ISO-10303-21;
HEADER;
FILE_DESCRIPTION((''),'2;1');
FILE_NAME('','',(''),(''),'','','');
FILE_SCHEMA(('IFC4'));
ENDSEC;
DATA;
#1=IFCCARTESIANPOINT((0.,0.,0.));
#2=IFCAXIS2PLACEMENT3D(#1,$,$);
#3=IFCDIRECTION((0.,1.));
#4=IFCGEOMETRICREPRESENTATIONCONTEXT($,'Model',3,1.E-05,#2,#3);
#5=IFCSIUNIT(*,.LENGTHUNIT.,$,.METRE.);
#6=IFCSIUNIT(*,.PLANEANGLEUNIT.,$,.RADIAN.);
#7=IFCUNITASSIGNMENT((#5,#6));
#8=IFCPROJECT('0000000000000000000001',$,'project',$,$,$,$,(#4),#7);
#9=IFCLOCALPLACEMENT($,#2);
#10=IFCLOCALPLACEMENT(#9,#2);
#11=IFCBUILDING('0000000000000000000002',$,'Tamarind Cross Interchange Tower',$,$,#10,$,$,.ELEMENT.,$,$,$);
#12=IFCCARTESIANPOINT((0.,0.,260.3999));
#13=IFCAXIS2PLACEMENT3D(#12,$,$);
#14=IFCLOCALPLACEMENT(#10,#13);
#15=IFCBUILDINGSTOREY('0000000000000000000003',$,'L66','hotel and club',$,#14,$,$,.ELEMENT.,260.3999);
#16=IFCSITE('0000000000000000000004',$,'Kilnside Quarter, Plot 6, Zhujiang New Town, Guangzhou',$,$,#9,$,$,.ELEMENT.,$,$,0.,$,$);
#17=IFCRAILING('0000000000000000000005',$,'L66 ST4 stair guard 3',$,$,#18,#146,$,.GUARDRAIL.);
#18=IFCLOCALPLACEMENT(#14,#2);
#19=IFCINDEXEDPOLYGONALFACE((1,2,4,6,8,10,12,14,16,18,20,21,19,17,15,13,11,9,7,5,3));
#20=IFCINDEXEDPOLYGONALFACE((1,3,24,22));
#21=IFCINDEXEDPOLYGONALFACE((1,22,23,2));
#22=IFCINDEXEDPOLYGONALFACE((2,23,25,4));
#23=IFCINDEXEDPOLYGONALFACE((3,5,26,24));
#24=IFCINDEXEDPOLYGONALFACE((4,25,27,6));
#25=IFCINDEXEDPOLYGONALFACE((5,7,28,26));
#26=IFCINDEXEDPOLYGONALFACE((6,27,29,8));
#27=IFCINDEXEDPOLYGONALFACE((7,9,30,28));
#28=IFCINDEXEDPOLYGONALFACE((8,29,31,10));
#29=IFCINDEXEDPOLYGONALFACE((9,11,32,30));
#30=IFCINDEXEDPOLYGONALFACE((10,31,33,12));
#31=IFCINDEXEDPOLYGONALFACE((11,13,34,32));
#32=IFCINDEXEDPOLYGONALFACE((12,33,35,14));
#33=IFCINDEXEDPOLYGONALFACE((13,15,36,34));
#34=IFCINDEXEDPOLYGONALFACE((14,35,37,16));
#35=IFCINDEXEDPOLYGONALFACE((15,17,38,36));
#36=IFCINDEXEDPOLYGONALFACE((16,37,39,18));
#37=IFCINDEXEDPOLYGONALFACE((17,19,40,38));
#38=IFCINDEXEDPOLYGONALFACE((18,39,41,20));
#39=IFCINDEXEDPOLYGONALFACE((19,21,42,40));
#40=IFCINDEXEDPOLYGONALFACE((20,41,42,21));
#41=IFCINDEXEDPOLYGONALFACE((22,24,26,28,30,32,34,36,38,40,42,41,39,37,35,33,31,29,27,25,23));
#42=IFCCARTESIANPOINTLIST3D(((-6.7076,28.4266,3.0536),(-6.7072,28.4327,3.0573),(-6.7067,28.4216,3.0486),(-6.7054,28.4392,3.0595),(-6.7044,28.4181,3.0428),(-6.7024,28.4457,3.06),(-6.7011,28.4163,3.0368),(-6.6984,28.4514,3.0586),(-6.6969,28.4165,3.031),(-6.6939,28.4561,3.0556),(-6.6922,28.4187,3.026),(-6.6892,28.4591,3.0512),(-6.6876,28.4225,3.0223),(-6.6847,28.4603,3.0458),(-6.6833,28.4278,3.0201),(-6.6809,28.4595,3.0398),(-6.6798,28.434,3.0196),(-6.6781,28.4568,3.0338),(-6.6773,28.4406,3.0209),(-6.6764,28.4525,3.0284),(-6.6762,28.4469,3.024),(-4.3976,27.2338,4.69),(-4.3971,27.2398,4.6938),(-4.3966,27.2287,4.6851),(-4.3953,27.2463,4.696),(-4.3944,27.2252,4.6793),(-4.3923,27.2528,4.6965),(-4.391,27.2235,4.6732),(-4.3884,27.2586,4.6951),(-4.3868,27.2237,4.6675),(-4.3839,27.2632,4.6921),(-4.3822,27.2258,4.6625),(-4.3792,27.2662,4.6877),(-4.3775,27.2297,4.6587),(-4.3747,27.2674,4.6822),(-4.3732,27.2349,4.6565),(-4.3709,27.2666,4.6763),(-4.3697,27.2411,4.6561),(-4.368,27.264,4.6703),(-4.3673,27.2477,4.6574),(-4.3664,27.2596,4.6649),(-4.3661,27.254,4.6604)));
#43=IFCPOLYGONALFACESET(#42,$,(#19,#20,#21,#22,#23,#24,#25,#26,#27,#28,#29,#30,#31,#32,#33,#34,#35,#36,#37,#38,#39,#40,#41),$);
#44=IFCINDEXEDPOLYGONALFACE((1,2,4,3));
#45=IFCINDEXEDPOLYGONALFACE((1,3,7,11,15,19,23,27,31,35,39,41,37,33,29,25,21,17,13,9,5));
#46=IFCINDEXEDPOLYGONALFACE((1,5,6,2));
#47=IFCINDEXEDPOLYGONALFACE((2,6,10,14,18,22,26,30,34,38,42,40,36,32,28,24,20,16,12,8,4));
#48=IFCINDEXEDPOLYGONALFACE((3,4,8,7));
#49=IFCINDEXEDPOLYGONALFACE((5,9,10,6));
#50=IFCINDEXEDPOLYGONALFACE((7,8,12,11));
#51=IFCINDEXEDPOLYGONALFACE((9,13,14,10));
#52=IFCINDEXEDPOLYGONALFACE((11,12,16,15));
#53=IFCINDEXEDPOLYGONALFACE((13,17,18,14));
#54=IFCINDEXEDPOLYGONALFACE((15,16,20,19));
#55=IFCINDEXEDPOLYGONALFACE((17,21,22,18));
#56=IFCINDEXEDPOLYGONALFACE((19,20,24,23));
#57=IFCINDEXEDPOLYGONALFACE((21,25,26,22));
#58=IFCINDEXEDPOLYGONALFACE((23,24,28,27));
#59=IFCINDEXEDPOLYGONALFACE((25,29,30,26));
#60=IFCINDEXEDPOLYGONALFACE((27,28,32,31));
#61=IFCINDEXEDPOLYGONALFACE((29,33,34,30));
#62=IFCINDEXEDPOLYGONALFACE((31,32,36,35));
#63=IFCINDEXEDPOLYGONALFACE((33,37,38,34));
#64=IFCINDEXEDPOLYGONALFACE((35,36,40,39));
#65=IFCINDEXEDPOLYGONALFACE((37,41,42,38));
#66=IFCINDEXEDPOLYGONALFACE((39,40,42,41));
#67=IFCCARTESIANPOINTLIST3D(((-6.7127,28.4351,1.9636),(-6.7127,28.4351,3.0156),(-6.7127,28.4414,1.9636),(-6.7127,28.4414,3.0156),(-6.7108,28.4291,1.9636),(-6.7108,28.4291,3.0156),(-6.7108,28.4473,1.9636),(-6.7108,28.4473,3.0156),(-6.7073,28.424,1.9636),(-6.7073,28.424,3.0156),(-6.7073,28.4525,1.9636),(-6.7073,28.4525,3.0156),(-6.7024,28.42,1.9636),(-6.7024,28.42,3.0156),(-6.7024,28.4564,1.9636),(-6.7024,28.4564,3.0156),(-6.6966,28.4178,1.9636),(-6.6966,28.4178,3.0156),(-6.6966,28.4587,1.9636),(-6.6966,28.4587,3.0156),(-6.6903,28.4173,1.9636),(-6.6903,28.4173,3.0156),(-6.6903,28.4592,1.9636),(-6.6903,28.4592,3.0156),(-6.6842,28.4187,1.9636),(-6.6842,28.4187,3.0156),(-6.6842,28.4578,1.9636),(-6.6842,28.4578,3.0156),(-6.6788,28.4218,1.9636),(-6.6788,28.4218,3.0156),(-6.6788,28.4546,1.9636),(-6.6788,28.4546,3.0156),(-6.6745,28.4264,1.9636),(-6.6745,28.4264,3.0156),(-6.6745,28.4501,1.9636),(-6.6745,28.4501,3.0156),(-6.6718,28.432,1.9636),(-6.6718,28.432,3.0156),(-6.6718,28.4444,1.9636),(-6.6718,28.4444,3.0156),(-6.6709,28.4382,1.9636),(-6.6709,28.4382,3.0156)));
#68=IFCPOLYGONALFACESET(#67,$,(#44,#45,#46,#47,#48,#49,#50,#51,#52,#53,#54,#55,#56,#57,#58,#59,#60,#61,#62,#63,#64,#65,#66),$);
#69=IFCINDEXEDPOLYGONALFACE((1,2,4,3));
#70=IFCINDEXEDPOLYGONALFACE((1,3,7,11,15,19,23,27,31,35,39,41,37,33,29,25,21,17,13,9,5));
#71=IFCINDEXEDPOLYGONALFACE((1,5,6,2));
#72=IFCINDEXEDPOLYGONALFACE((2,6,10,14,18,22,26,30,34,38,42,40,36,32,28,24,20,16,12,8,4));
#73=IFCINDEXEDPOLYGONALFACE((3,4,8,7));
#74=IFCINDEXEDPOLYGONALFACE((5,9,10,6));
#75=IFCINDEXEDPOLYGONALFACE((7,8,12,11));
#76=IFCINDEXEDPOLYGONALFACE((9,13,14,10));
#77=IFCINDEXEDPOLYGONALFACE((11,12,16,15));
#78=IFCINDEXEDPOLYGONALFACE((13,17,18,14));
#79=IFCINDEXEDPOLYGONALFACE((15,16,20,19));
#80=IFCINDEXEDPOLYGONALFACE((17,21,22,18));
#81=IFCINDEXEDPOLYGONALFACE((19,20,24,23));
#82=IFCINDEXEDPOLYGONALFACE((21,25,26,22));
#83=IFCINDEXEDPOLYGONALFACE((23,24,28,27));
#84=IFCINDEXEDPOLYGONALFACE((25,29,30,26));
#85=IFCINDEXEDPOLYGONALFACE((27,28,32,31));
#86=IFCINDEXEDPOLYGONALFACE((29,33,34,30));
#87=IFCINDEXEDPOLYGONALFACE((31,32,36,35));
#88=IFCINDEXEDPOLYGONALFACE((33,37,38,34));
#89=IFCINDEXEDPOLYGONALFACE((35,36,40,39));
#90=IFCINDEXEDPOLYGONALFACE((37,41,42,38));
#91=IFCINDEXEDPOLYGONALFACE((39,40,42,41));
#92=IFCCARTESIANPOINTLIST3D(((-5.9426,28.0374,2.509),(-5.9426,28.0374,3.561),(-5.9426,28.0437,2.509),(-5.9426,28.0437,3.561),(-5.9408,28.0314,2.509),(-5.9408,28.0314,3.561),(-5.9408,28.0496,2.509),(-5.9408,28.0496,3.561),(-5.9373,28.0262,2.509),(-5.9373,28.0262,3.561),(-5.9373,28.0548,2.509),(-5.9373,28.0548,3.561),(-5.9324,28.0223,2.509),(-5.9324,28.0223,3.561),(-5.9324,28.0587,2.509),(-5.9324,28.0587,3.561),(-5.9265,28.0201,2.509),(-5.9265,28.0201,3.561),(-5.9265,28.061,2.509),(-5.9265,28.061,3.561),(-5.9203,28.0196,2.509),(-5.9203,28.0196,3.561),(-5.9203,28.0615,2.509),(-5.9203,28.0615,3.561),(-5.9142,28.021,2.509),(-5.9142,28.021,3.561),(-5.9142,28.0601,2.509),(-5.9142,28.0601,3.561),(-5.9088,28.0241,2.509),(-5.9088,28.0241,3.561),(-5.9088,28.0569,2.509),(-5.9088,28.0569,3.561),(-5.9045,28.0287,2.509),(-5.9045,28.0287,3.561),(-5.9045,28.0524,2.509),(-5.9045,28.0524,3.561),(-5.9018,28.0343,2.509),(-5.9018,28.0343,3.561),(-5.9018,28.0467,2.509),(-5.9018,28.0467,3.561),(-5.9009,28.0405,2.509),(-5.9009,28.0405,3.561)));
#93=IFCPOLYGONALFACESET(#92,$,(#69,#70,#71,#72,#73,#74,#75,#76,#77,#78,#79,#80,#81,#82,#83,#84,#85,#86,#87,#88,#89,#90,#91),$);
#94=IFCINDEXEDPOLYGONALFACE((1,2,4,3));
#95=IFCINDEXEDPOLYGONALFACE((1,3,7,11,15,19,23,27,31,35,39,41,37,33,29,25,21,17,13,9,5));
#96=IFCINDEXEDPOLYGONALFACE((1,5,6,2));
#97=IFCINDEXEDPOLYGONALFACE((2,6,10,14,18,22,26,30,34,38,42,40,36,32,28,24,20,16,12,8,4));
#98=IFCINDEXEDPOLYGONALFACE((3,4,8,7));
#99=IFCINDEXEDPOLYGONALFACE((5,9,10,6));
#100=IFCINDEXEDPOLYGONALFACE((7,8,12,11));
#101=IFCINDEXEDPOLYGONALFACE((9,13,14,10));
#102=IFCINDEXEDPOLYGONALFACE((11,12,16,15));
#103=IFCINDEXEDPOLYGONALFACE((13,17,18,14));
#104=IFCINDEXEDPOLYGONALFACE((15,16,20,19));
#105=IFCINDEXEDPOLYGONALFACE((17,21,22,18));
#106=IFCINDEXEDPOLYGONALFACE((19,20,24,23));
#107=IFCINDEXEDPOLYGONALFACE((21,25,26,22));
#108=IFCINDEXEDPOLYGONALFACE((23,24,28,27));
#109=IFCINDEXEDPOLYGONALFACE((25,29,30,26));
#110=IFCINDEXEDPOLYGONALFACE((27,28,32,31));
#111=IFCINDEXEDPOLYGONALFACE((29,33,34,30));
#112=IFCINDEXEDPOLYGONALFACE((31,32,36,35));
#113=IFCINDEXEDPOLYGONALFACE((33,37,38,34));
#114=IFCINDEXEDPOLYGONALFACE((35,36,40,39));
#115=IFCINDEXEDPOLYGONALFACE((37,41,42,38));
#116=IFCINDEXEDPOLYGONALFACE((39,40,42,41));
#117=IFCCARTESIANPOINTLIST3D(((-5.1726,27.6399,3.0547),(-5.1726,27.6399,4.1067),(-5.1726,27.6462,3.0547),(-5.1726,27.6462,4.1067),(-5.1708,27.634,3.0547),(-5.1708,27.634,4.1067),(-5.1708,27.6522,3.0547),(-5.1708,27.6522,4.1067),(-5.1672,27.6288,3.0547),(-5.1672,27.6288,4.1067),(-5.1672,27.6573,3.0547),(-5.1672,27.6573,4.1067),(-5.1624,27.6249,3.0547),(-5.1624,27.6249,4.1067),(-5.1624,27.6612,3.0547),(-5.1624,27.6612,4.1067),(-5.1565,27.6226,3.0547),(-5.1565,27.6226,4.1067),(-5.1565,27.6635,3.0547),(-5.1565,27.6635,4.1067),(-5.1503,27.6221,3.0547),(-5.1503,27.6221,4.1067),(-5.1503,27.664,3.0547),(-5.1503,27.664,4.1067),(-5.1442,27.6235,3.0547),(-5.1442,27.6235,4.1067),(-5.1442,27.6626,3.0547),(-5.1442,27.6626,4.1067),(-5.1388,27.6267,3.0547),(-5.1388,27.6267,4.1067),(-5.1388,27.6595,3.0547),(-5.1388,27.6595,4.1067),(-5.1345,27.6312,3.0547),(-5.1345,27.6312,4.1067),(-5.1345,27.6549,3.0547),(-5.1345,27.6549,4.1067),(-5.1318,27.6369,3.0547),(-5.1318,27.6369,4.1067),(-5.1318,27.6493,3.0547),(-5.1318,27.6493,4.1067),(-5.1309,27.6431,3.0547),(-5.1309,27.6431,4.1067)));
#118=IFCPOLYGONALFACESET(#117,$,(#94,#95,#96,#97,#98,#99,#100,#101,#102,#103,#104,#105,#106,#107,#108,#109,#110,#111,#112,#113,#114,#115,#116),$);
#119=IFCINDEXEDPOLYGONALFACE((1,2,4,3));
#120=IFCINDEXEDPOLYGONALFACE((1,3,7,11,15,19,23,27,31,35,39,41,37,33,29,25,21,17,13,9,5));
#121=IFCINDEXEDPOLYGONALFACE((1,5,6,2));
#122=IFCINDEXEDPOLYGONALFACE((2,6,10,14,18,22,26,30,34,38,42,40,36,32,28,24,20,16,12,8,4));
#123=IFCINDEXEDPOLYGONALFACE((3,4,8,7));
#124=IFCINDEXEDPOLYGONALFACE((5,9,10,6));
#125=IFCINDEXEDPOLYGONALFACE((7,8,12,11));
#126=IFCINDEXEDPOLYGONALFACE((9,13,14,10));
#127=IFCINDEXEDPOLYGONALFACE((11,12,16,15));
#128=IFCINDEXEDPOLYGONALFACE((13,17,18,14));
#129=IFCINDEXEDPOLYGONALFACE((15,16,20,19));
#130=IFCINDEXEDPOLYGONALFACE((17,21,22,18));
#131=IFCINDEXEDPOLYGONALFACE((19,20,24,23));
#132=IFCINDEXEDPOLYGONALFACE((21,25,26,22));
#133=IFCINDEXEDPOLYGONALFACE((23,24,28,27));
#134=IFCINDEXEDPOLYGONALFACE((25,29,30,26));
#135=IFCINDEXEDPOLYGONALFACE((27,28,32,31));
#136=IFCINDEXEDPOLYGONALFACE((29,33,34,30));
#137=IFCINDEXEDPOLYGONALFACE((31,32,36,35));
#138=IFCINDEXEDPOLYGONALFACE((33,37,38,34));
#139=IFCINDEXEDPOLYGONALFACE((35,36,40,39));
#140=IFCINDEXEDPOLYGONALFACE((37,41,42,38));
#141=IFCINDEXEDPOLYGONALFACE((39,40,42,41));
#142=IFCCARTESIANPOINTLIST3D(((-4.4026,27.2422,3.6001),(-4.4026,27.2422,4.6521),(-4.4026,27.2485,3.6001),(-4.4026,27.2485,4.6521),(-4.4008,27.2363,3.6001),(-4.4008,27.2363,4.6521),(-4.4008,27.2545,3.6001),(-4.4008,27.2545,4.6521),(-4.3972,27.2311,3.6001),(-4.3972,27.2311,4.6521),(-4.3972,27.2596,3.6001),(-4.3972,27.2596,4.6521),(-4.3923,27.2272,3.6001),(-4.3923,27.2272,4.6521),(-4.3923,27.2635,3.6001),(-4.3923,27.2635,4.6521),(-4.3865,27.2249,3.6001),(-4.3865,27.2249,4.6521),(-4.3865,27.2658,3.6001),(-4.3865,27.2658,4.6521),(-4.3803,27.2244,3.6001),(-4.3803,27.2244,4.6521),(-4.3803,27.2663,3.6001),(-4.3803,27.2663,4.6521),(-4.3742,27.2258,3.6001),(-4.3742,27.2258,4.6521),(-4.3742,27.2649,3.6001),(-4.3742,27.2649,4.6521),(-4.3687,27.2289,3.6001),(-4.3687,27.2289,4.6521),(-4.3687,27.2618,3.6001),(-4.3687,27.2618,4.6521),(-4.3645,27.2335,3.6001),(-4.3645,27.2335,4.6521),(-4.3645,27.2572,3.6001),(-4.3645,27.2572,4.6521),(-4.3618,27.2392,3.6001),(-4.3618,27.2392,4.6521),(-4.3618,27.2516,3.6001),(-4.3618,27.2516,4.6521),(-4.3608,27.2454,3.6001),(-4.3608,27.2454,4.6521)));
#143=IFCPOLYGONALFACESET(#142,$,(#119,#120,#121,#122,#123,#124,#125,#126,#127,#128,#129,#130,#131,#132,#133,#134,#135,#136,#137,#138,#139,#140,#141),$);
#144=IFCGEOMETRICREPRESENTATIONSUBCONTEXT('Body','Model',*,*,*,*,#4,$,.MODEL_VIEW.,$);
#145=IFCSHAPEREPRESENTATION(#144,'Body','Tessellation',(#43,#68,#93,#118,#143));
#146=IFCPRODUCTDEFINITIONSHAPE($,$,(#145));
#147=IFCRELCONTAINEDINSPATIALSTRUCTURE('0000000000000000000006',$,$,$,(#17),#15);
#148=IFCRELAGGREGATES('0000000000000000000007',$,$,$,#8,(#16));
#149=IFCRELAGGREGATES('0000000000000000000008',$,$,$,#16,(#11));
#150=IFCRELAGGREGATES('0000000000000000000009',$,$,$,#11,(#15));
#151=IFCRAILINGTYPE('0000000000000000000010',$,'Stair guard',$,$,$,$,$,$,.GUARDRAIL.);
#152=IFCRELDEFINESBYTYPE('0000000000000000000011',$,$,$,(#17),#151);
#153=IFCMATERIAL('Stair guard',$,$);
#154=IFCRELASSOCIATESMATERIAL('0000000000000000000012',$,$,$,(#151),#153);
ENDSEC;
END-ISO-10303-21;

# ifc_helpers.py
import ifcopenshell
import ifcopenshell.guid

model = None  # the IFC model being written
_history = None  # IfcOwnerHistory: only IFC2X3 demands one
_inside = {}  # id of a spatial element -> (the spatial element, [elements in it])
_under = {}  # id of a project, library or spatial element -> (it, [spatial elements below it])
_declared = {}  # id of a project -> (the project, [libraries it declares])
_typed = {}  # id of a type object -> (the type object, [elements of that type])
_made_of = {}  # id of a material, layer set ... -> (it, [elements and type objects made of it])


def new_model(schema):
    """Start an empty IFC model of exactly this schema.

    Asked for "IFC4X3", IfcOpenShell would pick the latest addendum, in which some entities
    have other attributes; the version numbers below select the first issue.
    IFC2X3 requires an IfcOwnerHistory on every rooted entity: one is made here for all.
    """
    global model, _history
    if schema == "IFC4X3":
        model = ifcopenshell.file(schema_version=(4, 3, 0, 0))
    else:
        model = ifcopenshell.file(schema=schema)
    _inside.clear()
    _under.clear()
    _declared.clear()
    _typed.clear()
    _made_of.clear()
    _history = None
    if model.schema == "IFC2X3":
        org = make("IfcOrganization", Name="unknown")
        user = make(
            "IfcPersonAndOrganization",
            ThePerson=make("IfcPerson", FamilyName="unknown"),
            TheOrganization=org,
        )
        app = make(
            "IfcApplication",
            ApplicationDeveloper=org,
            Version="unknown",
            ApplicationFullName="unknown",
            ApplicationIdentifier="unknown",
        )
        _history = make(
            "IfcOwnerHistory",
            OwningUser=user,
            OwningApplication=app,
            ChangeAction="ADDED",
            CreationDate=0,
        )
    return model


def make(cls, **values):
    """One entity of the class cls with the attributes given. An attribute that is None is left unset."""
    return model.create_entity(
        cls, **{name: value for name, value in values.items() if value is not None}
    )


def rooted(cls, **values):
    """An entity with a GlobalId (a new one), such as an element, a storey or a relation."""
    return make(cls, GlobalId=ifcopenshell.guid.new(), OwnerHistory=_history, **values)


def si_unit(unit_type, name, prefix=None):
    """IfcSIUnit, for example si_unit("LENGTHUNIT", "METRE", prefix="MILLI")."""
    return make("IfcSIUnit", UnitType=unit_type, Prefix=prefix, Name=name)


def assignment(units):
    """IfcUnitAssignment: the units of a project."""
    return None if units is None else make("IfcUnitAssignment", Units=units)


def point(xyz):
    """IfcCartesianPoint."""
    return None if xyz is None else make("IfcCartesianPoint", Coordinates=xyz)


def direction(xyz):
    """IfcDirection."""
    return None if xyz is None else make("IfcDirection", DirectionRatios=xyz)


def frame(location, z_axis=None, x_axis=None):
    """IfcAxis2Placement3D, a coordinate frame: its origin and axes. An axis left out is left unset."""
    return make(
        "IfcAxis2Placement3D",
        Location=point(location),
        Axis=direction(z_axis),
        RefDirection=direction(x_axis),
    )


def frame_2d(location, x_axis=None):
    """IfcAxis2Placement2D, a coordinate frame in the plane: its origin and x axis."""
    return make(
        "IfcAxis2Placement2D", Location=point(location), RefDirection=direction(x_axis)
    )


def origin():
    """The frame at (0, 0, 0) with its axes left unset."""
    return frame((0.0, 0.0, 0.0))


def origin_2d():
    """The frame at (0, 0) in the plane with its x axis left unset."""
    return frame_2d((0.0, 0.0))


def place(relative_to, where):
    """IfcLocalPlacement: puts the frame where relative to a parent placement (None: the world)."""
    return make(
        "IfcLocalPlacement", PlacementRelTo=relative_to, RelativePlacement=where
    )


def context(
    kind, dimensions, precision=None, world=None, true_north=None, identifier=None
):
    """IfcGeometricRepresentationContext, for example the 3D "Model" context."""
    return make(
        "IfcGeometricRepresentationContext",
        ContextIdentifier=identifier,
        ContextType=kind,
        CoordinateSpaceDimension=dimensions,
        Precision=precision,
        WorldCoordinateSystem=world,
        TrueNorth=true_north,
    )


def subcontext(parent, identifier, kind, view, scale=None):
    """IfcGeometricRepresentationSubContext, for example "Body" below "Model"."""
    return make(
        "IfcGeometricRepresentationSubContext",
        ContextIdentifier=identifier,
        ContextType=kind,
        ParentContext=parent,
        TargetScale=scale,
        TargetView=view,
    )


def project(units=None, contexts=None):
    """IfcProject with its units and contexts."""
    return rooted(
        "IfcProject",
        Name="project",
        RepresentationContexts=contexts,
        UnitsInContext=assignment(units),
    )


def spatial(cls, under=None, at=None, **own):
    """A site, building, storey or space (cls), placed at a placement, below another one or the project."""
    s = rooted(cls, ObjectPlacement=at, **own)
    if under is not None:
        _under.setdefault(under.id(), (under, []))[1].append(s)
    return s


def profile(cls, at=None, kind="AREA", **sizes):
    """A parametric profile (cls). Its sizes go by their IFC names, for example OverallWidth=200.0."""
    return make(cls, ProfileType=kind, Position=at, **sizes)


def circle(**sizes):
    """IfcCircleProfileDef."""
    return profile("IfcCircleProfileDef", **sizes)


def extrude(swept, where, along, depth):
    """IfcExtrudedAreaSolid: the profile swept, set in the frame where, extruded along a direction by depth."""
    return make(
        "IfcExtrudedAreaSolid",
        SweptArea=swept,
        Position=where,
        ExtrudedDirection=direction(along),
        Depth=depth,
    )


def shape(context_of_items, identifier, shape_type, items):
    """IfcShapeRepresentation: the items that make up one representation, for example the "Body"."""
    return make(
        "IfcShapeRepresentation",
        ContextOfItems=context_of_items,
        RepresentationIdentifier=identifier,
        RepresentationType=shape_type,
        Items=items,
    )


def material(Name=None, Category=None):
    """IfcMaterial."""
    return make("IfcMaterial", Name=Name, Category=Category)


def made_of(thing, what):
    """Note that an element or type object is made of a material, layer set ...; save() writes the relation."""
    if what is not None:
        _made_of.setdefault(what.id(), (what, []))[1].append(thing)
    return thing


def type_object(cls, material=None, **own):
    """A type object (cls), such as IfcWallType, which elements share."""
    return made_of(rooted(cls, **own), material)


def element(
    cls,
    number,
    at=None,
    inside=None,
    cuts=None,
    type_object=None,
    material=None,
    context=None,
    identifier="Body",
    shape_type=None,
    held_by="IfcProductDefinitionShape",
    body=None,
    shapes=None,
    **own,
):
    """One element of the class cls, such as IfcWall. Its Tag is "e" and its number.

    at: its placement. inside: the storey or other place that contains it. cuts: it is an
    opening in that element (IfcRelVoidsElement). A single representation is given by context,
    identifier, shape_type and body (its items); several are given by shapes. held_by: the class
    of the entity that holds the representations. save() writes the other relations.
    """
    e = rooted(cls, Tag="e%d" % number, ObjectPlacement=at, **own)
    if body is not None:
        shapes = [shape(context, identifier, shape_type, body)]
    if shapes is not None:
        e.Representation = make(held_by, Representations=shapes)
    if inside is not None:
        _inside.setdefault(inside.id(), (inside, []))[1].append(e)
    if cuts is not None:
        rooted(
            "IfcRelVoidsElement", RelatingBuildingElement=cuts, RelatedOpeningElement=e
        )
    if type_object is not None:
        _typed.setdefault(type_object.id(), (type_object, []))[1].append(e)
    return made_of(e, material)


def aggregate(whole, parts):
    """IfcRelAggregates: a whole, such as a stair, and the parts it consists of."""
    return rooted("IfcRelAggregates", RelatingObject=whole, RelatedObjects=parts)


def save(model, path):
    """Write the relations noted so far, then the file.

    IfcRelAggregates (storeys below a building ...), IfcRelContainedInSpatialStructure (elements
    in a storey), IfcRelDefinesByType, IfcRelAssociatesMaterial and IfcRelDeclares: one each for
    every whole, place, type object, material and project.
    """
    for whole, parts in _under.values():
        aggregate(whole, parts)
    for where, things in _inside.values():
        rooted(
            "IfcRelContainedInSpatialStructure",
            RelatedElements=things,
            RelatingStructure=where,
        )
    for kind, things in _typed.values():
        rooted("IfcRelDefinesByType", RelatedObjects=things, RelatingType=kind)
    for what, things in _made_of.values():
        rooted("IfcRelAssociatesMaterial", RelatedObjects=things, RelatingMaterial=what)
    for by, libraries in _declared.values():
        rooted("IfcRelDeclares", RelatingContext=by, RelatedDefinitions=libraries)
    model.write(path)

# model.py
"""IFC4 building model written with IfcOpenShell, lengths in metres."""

from ifc_helpers import new_model, si_unit, direction, frame, origin, origin_2d, place, context, subcontext, project, spatial, circle, extrude, material, type_object, element, save


model = new_model("IFC4")

# Units and contexts
model_context = context("Model", 3, precision=1e-05, world=origin(), true_north=direction((0.0, 1.0)))
body_context = subcontext(model_context, "Body", "Model", "MODEL_VIEW")
ifc_project = project(units=[si_unit("LENGTHUNIT", "METRE"), si_unit("PLANEANGLEUNIT", "RADIAN")], contexts=[model_context])

# Site, building, storey
site_placement = place(None, origin())
site = spatial("IfcSite", under=ifc_project, at=site_placement, Name="Kilnside Quarter, Plot 6, Zhujiang New Town, Guangzhou", CompositionType="ELEMENT", RefElevation=0.0)
building_placement = place(site_placement, origin())
building = spatial("IfcBuilding", under=site, at=building_placement, Name="Tamarind Cross Interchange Tower", CompositionType="ELEMENT")
storey_placement = place(building_placement, frame((0.0, 0.0, 260.3999)))
storey = spatial("IfcBuildingStorey", under=building, at=storey_placement, Name="L66", Description="hotel and club", CompositionType="ELEMENT", Elevation=260.3999)

# Railing
ifc_material_1 = material(Name="Stair guard")
railing_type_1 = type_object("IfcRailingType", Name="Stair guard", PredefinedType="GUARDRAIL", material=ifc_material_1)
railing_1_placement = place(storey_placement, frame((-6.6919, 28.4382, 1.9636)))
element("IfcRailing", 1, at=railing_1_placement, inside=storey, type_object=railing_type_1, Name="L66 ST4 stair guard 3", PredefinedType="GUARDRAIL", context=body_context, shape_type="SweptSolid", body=[
    extrude(circle(Radius=0.0239, at=origin_2d()), frame((0.0, 0.0, 1.0762), z_axis=(0.751965, -0.388301, 0.532702), x_axis=(0.45882, 0.888529, 0.0)), (0.0, 0.0, 1.0), 3.072),
    extrude(circle(Radius=0.021, at=origin_2d()), origin(), (0.0, 0.0, 1.0), 1.052),
    extrude(circle(Radius=0.021, at=origin_2d()), frame((0.77, -0.3977, 0.5454)), (0.0, 0.0, 1.0), 1.052),
    extrude(circle(Radius=0.021, at=origin_2d()), frame((1.54, -0.7952, 1.0911)), (0.0, 0.0, 1.0), 1.052),
    extrude(circle(Radius=0.021, at=origin_2d()), frame((2.3101, -1.1929, 1.6365)), (0.0, 0.0, 1.0), 1.052),
])

save(model, "model.ifc")
